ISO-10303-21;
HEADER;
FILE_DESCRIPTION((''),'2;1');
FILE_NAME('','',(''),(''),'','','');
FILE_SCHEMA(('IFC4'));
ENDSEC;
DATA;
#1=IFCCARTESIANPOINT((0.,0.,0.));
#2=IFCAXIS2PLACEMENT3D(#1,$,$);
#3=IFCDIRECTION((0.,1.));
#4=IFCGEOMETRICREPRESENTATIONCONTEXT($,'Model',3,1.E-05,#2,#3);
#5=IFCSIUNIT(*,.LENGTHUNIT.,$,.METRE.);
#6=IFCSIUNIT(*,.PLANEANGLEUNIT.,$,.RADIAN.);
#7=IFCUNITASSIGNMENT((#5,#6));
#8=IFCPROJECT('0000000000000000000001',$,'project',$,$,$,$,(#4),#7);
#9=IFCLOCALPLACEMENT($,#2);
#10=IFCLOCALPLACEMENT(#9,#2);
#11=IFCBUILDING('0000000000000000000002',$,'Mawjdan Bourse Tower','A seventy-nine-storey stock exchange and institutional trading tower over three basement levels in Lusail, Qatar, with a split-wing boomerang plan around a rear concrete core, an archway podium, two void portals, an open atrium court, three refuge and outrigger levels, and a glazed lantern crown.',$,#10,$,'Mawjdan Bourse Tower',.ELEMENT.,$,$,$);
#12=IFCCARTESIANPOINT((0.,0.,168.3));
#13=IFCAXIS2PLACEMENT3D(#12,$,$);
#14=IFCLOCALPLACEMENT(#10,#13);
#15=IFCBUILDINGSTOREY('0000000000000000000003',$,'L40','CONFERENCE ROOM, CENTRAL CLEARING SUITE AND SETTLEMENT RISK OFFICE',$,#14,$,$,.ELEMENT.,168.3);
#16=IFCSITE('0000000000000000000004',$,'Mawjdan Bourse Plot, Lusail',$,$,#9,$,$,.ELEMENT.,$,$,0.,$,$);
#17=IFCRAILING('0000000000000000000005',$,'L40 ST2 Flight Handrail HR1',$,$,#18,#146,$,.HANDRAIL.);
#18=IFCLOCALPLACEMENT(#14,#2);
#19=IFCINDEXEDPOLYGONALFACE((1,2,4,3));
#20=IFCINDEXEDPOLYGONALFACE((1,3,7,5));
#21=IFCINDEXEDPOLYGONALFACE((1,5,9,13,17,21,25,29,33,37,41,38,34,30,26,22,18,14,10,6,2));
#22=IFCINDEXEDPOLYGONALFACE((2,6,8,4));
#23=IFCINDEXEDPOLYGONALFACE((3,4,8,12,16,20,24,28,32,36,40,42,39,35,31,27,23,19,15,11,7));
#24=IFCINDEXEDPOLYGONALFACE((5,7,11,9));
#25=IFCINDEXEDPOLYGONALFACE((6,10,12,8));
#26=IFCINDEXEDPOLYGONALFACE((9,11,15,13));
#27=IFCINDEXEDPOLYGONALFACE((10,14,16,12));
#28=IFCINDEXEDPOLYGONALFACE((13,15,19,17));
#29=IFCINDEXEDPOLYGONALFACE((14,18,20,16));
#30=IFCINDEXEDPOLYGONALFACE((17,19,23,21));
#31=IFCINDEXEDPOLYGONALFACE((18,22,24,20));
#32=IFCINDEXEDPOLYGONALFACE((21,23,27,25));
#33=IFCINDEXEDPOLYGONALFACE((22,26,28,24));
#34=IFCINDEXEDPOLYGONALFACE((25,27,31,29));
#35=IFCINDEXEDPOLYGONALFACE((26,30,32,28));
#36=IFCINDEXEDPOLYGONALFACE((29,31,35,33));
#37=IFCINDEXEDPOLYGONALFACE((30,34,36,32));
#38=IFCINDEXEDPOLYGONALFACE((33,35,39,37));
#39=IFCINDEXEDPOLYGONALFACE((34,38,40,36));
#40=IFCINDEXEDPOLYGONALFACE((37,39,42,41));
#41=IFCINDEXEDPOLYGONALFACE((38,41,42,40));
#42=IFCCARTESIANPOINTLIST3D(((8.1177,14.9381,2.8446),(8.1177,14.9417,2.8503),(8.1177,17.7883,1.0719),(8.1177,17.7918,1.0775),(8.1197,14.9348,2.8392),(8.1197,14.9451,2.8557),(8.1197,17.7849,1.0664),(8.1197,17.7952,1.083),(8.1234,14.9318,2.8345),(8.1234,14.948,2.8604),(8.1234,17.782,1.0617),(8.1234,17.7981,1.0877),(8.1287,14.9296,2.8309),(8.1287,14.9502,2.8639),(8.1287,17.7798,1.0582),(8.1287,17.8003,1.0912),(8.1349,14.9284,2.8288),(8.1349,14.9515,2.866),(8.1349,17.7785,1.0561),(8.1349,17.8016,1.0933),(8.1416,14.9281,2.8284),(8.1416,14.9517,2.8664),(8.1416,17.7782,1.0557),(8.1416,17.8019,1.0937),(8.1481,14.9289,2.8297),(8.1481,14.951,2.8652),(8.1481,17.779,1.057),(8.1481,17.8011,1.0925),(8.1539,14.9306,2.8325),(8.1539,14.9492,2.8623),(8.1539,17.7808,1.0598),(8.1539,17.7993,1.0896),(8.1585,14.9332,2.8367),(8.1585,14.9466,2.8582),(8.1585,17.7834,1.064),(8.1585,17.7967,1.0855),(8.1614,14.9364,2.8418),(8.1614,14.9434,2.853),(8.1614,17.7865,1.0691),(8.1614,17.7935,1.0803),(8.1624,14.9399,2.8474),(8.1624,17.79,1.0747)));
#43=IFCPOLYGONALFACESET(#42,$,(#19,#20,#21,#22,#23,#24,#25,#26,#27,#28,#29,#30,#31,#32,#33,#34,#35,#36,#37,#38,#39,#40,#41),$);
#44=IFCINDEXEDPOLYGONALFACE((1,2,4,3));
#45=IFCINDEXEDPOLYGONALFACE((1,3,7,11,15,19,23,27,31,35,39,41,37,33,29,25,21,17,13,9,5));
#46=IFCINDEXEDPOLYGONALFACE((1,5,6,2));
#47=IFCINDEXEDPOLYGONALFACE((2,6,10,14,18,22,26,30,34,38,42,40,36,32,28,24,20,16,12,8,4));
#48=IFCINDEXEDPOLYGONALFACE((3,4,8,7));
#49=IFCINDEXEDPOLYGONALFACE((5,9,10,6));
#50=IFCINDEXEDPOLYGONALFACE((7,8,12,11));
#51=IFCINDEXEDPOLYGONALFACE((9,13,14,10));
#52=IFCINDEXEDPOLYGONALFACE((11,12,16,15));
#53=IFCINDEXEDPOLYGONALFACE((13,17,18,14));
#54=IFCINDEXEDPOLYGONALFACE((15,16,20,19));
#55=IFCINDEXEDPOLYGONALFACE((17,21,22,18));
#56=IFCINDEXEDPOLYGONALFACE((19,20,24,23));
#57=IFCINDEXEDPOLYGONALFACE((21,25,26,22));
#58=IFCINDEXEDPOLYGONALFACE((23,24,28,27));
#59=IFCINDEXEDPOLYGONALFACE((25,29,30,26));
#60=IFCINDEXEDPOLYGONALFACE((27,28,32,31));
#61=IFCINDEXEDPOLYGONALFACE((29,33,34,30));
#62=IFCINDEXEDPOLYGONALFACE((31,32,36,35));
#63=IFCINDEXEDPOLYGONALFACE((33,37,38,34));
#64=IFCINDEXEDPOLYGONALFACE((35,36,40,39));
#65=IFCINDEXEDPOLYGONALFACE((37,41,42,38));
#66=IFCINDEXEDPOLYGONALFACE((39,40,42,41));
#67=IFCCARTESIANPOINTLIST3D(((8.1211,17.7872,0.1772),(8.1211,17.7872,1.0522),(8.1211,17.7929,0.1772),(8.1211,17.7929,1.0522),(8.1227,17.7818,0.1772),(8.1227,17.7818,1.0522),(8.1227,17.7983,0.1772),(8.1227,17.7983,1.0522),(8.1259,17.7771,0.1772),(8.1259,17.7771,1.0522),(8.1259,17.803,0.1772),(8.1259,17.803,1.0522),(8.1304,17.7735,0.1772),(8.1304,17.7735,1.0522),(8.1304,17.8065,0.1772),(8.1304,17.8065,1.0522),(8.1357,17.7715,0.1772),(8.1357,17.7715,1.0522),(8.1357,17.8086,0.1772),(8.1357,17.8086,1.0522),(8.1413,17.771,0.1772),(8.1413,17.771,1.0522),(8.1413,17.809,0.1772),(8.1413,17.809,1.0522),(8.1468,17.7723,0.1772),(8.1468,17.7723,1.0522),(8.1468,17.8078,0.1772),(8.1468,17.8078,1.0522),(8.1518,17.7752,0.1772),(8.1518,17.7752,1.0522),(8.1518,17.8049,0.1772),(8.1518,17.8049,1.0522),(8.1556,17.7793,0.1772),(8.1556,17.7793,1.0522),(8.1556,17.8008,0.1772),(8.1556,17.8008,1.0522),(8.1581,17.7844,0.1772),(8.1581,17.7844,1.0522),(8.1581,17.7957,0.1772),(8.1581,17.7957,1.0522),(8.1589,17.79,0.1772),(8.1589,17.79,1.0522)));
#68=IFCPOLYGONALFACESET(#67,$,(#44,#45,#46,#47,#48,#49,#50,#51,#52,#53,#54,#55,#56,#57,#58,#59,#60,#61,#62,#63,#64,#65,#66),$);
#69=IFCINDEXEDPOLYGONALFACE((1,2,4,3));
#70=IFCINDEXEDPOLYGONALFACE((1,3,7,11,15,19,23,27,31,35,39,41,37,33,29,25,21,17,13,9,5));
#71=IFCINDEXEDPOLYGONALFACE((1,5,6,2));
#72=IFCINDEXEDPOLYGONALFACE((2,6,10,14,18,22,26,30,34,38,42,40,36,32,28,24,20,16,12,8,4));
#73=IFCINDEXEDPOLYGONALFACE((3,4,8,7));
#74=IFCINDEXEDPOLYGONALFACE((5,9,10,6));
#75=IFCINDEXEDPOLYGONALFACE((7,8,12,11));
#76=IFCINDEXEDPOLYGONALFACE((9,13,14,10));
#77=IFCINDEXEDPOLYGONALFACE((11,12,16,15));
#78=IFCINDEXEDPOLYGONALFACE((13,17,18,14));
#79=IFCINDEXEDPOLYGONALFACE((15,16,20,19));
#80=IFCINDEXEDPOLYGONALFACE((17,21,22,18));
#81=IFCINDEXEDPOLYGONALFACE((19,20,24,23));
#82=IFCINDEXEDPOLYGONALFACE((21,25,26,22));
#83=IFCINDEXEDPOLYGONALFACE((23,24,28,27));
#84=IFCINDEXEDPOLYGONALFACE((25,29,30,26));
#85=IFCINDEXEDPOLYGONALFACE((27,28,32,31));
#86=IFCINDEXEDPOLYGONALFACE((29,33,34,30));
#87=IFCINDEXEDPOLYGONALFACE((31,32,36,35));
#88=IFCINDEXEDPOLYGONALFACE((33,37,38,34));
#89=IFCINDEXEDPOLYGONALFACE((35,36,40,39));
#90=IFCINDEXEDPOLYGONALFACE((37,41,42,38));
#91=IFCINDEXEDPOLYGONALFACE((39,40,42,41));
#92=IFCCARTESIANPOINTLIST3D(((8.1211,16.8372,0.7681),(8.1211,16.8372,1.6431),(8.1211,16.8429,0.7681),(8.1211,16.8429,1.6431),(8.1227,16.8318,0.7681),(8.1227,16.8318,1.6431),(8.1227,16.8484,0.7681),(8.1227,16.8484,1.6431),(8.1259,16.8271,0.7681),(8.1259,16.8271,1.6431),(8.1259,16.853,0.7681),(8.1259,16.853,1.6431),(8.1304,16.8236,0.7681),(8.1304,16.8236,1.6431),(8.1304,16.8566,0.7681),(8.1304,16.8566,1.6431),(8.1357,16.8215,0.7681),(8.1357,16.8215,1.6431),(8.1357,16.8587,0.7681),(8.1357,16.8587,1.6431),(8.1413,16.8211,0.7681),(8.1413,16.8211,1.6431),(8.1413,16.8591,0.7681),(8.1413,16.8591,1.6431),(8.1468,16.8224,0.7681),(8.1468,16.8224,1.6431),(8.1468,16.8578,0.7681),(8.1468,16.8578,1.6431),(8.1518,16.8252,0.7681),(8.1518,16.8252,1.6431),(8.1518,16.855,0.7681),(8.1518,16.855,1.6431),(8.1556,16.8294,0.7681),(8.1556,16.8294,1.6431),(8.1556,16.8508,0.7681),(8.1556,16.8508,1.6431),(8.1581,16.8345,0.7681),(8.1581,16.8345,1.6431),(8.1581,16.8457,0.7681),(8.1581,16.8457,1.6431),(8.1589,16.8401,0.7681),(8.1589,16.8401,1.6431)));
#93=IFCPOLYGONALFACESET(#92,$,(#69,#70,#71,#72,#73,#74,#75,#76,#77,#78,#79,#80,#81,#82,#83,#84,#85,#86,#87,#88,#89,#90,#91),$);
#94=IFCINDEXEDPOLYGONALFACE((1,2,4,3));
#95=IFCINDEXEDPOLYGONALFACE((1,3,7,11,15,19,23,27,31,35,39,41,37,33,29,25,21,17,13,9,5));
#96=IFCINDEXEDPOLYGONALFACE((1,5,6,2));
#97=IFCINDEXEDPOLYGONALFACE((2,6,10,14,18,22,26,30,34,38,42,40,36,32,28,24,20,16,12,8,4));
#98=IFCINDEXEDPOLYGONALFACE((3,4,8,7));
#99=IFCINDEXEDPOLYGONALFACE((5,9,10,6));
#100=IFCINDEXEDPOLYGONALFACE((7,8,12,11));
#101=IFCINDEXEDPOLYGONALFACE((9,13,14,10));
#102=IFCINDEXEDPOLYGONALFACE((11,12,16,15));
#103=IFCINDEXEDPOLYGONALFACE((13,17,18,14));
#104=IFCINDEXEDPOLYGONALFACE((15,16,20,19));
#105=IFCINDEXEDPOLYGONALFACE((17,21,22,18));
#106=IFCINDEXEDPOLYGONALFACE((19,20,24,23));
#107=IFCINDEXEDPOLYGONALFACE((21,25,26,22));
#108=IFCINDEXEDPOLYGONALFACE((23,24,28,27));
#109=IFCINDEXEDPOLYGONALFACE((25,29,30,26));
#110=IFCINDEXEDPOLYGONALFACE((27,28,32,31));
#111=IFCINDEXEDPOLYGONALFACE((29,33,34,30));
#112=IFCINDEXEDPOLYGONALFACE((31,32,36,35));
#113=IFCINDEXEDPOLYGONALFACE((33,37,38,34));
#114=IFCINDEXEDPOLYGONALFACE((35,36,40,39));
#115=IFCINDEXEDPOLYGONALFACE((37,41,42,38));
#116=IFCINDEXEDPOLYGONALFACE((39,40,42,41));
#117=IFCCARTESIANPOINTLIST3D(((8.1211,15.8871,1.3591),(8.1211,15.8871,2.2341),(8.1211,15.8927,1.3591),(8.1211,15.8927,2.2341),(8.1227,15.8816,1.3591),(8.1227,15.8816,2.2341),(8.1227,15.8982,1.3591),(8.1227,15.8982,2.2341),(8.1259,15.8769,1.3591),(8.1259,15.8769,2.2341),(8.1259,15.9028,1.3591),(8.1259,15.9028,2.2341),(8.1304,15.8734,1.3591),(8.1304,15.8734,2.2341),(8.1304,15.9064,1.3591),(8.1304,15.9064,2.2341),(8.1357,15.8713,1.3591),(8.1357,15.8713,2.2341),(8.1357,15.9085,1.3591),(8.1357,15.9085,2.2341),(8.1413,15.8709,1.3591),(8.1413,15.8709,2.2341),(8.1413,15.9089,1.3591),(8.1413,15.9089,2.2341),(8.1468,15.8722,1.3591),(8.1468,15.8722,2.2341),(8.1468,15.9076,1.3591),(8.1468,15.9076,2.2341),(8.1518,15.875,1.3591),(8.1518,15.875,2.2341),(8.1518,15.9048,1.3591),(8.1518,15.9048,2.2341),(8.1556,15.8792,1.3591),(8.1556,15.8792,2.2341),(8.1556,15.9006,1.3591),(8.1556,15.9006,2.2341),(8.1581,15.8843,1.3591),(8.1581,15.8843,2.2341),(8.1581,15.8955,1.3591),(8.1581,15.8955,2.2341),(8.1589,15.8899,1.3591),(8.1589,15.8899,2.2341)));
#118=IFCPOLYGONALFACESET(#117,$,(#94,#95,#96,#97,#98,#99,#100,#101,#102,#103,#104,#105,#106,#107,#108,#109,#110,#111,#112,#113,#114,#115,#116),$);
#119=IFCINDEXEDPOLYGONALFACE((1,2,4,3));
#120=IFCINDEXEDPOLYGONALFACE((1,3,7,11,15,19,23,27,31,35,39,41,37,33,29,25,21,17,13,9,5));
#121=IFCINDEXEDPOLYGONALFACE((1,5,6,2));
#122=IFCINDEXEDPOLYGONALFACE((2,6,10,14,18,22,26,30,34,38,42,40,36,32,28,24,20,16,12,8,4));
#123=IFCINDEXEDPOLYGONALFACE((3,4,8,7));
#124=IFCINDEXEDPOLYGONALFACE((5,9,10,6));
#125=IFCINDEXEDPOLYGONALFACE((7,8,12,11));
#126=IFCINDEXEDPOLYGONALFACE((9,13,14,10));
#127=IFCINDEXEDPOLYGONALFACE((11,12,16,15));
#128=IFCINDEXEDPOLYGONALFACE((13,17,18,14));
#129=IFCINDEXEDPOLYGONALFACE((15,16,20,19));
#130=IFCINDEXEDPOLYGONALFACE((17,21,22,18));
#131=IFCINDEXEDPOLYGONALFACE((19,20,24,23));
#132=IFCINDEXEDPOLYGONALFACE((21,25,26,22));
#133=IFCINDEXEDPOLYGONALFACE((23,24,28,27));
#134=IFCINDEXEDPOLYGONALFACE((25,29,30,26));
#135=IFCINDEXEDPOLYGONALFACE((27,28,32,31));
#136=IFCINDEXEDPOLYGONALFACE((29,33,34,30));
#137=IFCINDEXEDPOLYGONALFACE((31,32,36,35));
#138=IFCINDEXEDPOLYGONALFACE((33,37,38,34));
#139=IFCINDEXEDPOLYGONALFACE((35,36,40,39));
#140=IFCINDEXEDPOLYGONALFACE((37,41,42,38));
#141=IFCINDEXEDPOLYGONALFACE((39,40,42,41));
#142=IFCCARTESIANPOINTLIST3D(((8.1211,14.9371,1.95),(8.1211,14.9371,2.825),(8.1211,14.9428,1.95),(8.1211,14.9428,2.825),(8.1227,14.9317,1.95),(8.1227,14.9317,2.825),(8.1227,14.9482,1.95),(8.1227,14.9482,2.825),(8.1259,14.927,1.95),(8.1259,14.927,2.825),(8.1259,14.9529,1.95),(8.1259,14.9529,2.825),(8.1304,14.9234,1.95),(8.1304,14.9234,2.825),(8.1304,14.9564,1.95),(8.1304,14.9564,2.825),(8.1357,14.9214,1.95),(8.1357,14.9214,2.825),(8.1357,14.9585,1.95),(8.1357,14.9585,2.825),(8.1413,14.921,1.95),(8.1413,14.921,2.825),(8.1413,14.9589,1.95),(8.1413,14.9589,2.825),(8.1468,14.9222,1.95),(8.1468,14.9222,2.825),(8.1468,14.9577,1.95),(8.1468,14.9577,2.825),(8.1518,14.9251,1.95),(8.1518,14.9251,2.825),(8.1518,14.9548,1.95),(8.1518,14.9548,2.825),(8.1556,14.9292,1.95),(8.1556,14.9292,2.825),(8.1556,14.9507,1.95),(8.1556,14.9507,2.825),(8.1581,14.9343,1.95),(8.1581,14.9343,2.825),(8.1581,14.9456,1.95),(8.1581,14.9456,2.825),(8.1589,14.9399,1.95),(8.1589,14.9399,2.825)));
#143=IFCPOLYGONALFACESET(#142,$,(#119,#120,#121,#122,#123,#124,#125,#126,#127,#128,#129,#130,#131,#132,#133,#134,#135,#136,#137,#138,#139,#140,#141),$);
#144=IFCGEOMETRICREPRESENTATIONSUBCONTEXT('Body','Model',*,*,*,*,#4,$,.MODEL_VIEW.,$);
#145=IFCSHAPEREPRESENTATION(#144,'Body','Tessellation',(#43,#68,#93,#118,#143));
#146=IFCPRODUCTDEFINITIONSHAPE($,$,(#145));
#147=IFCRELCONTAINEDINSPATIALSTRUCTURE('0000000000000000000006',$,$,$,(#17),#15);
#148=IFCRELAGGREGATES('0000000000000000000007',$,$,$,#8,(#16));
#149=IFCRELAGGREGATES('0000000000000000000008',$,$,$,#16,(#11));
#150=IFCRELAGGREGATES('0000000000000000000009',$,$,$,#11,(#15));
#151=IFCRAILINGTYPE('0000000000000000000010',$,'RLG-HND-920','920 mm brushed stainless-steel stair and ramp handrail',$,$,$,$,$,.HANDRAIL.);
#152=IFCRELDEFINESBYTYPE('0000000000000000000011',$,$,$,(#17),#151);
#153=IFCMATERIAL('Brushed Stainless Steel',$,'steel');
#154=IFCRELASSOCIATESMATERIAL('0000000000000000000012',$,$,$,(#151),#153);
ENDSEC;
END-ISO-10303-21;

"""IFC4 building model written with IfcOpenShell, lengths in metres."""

from ifc_helpers import new_model, si_unit, direction, frame, origin, origin_2d, place, context, subcontext, project, spatial, circle, extrude, material, type_object, element, save


model = new_model("IFC4")

# Units and contexts
model_context = context("Model", 3, precision=1e-05, world=origin(), true_north=direction((0.0, 1.0)))
body_context = subcontext(model_context, "Body", "Model", "MODEL_VIEW")
ifc_project = project(units=[si_unit("LENGTHUNIT", "METRE"), si_unit("PLANEANGLEUNIT", "RADIAN")], contexts=[model_context])

# Site, building, storey
site_placement = place(None, origin())
site = spatial("IfcSite", under=ifc_project, at=site_placement, Name="Mawjdan Bourse Plot, Lusail", CompositionType="ELEMENT", RefElevation=0.0)
building_placement = place(site_placement, origin())
building = spatial("IfcBuilding", under=site, at=building_placement, Name="Mawjdan Bourse Tower", Description="A seventy-nine-storey stock exchange and institutional trading tower over three basement levels in Lusail, Qatar, with a split-wing boomerang plan around a rear concrete core, an archway podium, two void portals, an open atrium court, three refuge and outrigger levels, and a glazed lantern crown.", LongName="Mawjdan Bourse Tower", CompositionType="ELEMENT")
storey_placement = place(building_placement, frame((0.0, 0.0, 168.3)))
storey = spatial("IfcBuildingStorey", under=building, at=storey_placement, Name="L40", Description="CONFERENCE ROOM, CENTRAL CLEARING SUITE AND SETTLEMENT RISK OFFICE", CompositionType="ELEMENT", Elevation=168.3)

# Shared definitions
ifc_material_1 = material(Name="Brushed Stainless Steel", Category="steel")

# Railing
railing_type_1 = type_object("IfcRailingType", Name="RLG-HND-920", Description="920 mm brushed stainless-steel stair and ramp handrail", PredefinedType="HANDRAIL", material=ifc_material_1)
for number, where, name in (
    (1, (8.1399, 17.79, 0.1772), "L40 ST2 Flight Handrail HR1"),
):
    element("IfcRailing", number, at=place(storey_placement, frame(where)), inside=storey, type_object=railing_type_1, Name=name, PredefinedType="HANDRAIL", context=body_context, shape_type="SweptSolid", body=[
        extrude(circle(Radius=0.0225, at=origin_2d()), frame((0.0, 0.0, 0.8975), z_axis=(0.0, -0.849149, 0.528154), x_axis=(1.0, 0.0, 0.0)), (0.0, 0.0, 1.0), 3.3564),
        extrude(circle(Radius=0.019, at=origin_2d()), origin(), (0.0, 0.0, 1.0), 0.875),
        extrude(circle(Radius=0.019, at=origin_2d()), frame((0.0, -0.95, 0.5908)), (0.0, 0.0, 1.0), 0.875),
        extrude(circle(Radius=0.019, at=origin_2d()), frame((0.0, -1.9001, 1.1819)), (0.0, 0.0, 1.0), 0.875),
        extrude(circle(Radius=0.019, at=origin_2d()), frame((0.0, -2.8501, 1.7727)), (0.0, 0.0, 1.0), 0.875),
    ])

save(model, "model.ifc")
